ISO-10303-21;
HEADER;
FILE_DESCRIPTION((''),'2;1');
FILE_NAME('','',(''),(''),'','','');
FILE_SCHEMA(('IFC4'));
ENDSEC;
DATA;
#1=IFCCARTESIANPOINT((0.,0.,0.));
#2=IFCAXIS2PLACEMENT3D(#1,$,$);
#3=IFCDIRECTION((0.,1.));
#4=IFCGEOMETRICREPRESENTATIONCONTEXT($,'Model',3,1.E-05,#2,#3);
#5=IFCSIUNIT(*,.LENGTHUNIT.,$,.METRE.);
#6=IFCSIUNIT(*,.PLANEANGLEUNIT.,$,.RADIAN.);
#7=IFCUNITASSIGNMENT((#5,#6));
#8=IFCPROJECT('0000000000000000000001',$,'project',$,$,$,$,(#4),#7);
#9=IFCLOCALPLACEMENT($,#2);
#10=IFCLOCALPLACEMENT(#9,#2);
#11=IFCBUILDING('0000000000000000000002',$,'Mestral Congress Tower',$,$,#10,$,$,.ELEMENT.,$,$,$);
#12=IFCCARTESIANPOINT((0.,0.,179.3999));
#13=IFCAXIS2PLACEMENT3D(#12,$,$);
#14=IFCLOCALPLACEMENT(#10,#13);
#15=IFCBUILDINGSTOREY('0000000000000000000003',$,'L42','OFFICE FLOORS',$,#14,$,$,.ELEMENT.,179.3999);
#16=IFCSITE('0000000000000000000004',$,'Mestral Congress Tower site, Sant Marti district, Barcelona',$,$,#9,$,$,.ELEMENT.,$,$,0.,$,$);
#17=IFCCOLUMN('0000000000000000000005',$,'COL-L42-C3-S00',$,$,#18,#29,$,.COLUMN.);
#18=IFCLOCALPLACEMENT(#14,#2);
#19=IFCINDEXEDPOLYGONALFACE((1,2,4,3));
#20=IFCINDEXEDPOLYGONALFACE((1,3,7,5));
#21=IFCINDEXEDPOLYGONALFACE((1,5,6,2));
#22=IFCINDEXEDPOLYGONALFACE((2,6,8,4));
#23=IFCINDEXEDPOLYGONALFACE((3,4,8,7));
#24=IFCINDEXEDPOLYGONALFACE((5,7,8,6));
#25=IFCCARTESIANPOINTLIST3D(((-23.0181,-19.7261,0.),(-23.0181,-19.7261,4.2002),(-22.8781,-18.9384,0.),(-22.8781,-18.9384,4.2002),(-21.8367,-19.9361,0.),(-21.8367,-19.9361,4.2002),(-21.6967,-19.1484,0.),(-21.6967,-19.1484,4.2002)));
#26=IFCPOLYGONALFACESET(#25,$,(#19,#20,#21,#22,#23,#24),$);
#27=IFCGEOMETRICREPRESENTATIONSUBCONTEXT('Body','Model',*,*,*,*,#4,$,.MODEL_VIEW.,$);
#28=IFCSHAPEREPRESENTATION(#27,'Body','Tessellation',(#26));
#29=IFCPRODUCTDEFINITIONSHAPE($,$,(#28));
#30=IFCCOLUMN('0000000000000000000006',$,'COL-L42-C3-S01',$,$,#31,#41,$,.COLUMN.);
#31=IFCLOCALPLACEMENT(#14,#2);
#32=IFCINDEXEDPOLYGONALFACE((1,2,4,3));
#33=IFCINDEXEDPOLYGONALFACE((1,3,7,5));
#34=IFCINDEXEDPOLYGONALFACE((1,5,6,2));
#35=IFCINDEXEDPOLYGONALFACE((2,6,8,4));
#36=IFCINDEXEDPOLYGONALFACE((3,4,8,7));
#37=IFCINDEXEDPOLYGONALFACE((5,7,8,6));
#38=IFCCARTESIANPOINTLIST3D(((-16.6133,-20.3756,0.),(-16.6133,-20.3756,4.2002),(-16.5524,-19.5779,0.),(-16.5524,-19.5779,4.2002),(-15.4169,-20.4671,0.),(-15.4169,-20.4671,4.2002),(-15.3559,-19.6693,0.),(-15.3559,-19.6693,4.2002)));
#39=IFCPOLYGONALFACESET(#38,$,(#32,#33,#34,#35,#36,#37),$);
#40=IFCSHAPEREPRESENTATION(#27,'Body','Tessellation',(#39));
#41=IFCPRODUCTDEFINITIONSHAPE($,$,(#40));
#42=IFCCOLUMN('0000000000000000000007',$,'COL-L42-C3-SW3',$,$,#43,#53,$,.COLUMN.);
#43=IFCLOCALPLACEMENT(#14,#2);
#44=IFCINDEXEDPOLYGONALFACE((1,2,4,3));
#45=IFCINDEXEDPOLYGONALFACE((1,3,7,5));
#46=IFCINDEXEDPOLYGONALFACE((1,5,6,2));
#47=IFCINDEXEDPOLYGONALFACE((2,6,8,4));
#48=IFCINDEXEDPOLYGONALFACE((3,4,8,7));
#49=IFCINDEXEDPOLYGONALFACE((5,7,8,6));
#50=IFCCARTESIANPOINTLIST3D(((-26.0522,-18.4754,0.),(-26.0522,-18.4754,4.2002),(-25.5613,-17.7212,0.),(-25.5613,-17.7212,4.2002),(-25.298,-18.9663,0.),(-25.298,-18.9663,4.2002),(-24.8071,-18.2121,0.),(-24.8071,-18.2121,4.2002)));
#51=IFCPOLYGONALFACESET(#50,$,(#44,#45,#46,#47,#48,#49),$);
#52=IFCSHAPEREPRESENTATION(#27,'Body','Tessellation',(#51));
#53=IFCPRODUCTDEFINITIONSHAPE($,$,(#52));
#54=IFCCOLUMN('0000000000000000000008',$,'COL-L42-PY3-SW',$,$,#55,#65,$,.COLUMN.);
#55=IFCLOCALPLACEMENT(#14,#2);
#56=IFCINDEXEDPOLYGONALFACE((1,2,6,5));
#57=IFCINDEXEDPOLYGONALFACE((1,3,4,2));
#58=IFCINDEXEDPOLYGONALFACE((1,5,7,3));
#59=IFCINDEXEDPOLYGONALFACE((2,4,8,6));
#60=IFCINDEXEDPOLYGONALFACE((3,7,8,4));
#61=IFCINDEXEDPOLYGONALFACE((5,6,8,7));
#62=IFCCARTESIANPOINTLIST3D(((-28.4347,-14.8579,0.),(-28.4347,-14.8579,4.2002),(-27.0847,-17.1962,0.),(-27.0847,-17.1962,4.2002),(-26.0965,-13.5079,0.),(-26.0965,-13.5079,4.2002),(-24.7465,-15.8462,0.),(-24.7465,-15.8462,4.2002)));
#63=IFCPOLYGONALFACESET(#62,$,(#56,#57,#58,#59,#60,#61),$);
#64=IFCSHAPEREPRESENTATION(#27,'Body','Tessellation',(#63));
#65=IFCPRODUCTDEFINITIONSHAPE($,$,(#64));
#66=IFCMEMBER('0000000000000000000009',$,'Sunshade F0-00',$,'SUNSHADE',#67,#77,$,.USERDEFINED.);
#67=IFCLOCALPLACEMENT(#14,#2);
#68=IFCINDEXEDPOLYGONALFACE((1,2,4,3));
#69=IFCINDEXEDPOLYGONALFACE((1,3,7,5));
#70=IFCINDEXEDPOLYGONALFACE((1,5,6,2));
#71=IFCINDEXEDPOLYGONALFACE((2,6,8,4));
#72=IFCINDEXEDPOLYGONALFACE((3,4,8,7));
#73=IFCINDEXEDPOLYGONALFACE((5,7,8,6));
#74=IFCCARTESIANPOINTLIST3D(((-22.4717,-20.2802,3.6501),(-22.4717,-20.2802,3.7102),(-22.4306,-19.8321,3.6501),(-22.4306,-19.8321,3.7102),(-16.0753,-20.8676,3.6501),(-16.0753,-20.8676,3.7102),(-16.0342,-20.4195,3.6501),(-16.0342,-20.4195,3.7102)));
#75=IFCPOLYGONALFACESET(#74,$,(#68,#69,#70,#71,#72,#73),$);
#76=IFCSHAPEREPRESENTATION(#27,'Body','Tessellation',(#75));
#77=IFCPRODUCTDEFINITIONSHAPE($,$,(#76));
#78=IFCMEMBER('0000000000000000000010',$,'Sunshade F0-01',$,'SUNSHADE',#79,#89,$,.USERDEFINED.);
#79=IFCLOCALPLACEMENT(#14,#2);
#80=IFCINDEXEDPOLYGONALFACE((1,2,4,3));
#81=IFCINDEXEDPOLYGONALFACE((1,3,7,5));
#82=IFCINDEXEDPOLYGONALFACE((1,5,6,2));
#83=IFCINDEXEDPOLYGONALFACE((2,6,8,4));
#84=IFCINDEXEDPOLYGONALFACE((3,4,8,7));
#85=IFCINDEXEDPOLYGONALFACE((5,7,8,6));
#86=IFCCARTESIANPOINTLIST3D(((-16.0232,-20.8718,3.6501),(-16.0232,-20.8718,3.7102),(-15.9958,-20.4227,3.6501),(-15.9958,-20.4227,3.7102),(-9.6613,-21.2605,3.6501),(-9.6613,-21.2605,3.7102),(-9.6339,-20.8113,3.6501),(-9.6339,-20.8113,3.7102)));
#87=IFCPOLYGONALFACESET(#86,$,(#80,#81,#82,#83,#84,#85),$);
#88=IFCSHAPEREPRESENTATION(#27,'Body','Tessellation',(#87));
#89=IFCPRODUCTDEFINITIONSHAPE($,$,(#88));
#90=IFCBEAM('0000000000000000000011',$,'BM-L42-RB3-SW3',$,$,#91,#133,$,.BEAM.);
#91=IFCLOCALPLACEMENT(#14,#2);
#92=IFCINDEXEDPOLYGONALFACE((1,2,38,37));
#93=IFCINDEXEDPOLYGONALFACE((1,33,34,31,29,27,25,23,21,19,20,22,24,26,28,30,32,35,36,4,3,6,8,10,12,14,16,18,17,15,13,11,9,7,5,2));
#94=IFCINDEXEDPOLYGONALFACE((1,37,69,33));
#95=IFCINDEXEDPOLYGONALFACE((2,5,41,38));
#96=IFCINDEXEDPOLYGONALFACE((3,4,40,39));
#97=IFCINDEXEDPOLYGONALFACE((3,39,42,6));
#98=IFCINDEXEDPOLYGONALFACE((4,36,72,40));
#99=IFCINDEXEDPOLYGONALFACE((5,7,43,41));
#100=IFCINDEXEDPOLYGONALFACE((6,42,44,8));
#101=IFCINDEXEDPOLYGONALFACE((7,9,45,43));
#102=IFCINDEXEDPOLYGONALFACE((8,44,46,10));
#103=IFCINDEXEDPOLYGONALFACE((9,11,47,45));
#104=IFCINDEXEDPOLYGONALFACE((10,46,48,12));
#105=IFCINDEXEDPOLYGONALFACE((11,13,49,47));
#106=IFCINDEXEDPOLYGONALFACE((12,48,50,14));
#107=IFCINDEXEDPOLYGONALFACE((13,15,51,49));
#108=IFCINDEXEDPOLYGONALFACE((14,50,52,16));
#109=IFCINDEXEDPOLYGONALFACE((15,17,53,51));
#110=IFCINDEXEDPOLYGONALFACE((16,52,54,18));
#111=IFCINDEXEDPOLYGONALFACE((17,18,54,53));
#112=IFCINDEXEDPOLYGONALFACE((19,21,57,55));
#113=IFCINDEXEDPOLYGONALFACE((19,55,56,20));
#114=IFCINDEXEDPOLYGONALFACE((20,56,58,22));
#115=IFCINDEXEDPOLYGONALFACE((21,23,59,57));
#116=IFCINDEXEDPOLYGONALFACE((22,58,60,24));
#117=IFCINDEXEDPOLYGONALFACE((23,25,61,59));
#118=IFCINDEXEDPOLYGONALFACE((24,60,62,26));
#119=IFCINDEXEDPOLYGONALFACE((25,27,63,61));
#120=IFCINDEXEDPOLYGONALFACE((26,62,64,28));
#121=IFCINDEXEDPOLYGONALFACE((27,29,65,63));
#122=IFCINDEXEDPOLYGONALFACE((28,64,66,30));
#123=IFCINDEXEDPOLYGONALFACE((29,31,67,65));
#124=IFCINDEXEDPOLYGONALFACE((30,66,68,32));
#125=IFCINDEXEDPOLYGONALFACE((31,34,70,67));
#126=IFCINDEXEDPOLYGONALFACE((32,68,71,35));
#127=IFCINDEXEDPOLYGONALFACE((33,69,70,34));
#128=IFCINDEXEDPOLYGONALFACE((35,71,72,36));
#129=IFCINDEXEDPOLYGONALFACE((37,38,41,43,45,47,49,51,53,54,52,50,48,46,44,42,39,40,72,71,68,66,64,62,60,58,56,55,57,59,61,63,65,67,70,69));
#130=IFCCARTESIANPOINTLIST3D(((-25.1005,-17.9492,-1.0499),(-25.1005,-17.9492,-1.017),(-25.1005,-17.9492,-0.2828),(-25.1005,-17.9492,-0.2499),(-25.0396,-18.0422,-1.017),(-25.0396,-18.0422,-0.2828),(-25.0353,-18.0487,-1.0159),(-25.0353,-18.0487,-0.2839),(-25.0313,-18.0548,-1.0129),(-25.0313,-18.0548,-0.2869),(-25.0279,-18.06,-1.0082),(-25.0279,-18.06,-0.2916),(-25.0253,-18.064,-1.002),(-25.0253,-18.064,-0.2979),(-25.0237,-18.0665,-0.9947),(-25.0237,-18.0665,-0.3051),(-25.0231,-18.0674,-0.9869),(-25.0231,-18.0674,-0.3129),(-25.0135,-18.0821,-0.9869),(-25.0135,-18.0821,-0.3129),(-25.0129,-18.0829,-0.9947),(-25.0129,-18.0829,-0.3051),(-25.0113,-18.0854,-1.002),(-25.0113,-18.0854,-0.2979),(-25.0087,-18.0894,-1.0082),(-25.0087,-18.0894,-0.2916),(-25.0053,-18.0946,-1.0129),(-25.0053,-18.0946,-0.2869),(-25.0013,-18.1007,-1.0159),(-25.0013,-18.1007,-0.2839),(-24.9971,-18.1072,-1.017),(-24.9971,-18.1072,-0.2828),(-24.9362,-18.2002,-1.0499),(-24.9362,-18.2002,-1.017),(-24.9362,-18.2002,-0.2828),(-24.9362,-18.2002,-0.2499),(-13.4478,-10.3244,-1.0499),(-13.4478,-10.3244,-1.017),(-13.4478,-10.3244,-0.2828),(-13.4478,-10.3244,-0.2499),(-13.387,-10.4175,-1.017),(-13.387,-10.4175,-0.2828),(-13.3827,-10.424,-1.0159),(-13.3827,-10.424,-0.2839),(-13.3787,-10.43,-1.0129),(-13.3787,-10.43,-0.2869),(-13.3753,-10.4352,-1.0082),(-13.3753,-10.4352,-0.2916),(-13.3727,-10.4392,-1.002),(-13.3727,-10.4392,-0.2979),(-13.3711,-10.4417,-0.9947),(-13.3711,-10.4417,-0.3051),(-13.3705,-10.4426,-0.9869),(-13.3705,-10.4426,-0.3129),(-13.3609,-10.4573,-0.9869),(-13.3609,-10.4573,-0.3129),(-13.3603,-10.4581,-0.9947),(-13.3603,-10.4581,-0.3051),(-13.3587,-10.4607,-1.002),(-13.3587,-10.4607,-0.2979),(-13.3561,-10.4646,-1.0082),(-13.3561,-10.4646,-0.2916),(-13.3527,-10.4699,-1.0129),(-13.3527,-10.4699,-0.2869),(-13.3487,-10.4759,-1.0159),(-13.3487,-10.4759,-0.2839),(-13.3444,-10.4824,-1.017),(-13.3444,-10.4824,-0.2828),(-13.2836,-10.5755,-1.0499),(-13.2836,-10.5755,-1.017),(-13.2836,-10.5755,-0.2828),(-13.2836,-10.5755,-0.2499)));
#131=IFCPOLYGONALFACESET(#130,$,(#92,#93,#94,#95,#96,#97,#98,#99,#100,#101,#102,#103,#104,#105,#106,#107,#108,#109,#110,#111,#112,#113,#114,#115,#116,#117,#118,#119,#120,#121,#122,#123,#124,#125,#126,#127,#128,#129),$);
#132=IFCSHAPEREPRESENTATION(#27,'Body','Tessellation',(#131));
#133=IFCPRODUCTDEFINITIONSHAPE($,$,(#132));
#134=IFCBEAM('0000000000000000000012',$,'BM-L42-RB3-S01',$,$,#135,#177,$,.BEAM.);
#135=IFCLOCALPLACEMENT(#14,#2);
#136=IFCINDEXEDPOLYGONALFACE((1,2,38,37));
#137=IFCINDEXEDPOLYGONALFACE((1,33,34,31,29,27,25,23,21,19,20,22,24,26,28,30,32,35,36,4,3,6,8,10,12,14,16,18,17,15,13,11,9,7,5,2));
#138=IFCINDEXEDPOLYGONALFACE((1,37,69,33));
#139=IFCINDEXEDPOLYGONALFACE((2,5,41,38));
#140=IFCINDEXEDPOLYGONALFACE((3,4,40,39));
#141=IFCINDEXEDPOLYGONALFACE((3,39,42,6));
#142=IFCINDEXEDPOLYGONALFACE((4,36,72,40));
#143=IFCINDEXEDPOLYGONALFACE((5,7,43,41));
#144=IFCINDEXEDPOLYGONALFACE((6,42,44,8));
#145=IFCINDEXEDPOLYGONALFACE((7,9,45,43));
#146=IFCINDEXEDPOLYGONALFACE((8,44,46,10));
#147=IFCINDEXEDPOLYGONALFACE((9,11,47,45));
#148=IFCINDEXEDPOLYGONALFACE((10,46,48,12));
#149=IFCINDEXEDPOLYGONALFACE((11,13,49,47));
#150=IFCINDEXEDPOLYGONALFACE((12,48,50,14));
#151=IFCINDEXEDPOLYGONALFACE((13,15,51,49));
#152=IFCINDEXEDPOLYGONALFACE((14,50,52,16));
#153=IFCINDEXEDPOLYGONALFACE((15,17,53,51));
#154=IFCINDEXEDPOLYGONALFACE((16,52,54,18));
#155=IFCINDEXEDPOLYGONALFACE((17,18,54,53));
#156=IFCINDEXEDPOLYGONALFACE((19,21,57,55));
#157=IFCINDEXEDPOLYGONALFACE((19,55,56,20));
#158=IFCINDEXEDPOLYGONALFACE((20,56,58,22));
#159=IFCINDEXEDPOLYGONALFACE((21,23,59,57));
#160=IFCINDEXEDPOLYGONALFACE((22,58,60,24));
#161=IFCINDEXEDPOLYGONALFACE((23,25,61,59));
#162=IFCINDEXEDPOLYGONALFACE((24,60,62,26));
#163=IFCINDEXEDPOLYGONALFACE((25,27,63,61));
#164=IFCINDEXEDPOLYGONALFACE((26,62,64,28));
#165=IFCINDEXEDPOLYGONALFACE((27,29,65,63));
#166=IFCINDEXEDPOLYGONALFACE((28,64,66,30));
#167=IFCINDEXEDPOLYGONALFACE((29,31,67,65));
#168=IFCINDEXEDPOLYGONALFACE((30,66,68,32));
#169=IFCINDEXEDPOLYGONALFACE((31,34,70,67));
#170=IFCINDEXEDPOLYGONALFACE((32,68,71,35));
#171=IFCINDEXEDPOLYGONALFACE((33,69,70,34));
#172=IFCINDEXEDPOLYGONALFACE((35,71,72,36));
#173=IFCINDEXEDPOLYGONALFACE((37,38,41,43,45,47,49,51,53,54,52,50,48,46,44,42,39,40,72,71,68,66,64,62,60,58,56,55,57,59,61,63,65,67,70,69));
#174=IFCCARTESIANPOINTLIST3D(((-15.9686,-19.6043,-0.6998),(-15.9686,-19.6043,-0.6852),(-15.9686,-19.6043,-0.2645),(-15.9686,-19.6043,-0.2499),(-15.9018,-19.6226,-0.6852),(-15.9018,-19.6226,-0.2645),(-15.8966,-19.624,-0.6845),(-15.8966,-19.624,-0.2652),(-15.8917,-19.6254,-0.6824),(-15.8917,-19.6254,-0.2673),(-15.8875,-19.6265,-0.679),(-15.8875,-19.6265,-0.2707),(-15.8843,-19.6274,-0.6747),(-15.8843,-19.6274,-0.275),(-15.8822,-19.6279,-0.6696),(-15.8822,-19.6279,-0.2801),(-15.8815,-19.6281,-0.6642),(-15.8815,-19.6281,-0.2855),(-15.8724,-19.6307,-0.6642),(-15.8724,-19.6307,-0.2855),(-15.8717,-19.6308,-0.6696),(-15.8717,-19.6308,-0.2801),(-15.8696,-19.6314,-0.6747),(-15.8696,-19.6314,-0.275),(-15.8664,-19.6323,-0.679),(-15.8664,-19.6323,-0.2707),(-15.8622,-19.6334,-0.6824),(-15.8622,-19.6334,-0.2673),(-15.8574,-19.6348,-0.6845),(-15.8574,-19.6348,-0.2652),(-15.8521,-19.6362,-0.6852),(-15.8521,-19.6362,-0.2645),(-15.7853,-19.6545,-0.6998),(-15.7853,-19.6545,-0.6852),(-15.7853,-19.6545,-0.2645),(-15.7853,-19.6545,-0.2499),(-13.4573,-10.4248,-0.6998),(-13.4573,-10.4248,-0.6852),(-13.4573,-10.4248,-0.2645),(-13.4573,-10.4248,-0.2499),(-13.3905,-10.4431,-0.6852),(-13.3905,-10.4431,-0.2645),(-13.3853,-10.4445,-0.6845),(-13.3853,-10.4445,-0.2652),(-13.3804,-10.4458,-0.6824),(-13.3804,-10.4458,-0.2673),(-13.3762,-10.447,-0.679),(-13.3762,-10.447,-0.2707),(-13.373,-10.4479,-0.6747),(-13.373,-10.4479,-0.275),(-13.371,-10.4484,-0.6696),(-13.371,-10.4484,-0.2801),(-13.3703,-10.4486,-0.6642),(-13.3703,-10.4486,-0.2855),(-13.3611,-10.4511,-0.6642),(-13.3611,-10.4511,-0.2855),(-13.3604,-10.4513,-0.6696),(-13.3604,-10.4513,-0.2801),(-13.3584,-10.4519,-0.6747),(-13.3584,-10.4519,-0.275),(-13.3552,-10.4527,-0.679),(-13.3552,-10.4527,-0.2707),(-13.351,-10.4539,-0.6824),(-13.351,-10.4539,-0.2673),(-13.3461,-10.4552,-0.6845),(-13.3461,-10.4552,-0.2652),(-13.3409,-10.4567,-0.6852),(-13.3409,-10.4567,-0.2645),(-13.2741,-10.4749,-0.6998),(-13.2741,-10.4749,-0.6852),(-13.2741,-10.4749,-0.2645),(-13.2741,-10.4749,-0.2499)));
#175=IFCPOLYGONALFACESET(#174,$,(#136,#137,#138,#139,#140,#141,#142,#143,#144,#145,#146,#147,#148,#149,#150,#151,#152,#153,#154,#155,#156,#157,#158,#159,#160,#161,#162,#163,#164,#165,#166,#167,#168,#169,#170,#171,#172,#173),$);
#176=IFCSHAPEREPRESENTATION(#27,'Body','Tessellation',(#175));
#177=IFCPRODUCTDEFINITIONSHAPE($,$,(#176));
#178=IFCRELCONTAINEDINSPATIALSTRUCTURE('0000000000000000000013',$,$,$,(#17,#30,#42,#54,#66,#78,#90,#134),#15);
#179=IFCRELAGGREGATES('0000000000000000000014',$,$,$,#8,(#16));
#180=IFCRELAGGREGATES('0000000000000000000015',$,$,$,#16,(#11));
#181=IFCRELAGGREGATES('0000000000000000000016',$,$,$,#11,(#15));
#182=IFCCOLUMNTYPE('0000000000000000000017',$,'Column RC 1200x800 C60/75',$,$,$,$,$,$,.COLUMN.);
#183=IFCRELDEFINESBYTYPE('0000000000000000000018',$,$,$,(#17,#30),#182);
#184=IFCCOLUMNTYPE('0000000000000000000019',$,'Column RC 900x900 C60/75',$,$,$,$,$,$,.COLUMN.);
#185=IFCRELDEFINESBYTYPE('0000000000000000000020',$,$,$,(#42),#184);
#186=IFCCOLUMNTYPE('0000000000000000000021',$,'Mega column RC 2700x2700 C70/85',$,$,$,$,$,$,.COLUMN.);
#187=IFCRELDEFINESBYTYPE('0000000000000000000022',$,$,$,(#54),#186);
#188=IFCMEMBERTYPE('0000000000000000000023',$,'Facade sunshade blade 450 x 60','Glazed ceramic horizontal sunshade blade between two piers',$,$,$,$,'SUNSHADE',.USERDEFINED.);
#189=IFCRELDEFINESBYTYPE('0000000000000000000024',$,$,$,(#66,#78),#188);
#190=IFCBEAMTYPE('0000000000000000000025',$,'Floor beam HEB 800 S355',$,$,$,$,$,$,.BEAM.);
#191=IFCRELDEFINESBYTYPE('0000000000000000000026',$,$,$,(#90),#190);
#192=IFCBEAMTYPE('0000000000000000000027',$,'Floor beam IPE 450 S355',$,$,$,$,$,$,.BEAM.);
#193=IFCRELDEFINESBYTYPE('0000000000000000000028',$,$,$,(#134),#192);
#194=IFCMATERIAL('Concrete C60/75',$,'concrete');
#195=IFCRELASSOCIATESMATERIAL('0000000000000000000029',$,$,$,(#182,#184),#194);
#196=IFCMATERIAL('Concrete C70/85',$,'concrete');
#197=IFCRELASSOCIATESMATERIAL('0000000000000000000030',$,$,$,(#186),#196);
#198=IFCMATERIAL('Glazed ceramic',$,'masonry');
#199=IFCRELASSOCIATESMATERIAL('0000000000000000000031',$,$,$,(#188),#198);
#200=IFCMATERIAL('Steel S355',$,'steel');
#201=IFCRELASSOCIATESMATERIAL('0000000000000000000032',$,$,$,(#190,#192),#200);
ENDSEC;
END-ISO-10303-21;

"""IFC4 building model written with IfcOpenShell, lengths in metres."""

from ifc_helpers import new_model, si_unit, direction, frame, origin, origin_2d, place, context, subcontext, project, spatial, rectangle, i_section, extrude, material, material_profile, profile_set, type_object, element, save


model = new_model("IFC4")

# Units and contexts
model_context = context("Model", 3, precision=1e-05, world=origin(), true_north=direction((0.0, 1.0)))
body_context = subcontext(model_context, "Body", "Model", "MODEL_VIEW")
ifc_project = project(units=[si_unit("LENGTHUNIT", "METRE"), si_unit("PLANEANGLEUNIT", "RADIAN")], contexts=[model_context])

# Site, building, storey
site_placement = place(None, origin())
site = spatial("IfcSite", under=ifc_project, at=site_placement, Name="Mestral Congress Tower site, Sant Marti district, Barcelona", CompositionType="ELEMENT", RefElevation=0.0)
building_placement = place(site_placement, origin())
building = spatial("IfcBuilding", under=site, at=building_placement, Name="Mestral Congress Tower", CompositionType="ELEMENT")
storey_placement = place(building_placement, frame((0.0, 0.0, 179.3999)))
storey = spatial("IfcBuildingStorey", under=building, at=storey_placement, Name="L42", Description="OFFICE FLOORS", CompositionType="ELEMENT", Elevation=179.3999)

# Columns
ifc_material_1 = material(Name="Concrete C60/75", Category="concrete")
ifc_material_profile_1 = material_profile(ifc_material_1, rectangle(XDim=1.2, YDim=0.8, at=origin_2d()), Name="RC 1200x800")
ifc_profile_set_1 = profile_set([ifc_material_profile_1], Name="Concrete C60/75")
column_type_1 = type_object("IfcColumnType", Name="Column RC 1200x800 C60/75", PredefinedType="COLUMN", material=ifc_profile_set_1)
for number, where, z_axis, x_axis, name in (
    (1, (-22.3574, -19.4373, 0.0), (0.0, 0.0, 1.0), (0.984571, -0.174985, 0.0), "COL-L42-C3-S00"),
    (2, (-15.9846, -20.0225, 0.0), (0.0, 0.0, 1.0), (0.99709, -0.076237, 0.0), "COL-L42-C3-S01"),
):
    element("IfcColumn", number, at=place(storey_placement, frame(where, z_axis=z_axis, x_axis=x_axis)), inside=storey, type_object=column_type_1, Name=name, PredefinedType="COLUMN", context=body_context, shape_type="SweptSolid", body=[
        extrude(rectangle(XDim=1.2, YDim=0.8, at=origin_2d()), origin(), (0.0, 0.0, 1.0), 4.2002),
    ])
ifc_material_profile_2 = material_profile(ifc_material_1, rectangle(XDim=0.8999, YDim=0.8999, at=origin_2d()), Name="RC 900x900")
ifc_profile_set_2 = profile_set([ifc_material_profile_2], Name="Concrete C60/75")
column_type_2 = type_object("IfcColumnType", Name="Column RC 900x900 C60/75", PredefinedType="COLUMN", material=ifc_profile_set_2)
column_1_placement = place(storey_placement, frame((-25.4297, -18.3438, 0.0), z_axis=(0.0, 0.0, 1.0), x_axis=(0.838094, -0.545526, 0.0)))
element("IfcColumn", 3, at=column_1_placement, inside=storey, type_object=column_type_2, Name="COL-L42-C3-SW3", PredefinedType="COLUMN", context=body_context, shape_type="SweptSolid", body=[
    extrude(rectangle(XDim=0.8999, YDim=0.8999, at=origin_2d()), origin(), (0.0, 0.0, 1.0), 4.2002),
])
ifc_material_2 = material(Name="Concrete C70/85", Category="concrete")
ifc_material_profile_3 = material_profile(ifc_material_2, rectangle(XDim=2.7, YDim=2.7, at=origin_2d()), Name="RC 2700x2700")
ifc_profile_set_3 = profile_set([ifc_material_profile_3], Name="Concrete C70/85")
column_type_3 = type_object("IfcColumnType", Name="Mega column RC 2700x2700 C70/85", PredefinedType="COLUMN", material=ifc_profile_set_3)
column_2_placement = place(storey_placement, frame((-26.5906, -15.3521, 0.0), z_axis=(0.0, 0.0, 1.0), x_axis=(-0.866025, -0.5, 0.0)))
element("IfcColumn", 4, at=column_2_placement, inside=storey, type_object=column_type_3, Name="COL-L42-PY3-SW", PredefinedType="COLUMN", context=body_context, shape_type="SweptSolid", body=[
    extrude(rectangle(XDim=2.7, YDim=2.7, at=origin_2d()), origin(), (0.0, 0.0, 1.0), 4.2002),
])

# Members
ifc_material_3 = material(Name="Glazed ceramic", Category="masonry")
ifc_material_profile_4 = material_profile(ifc_material_3, rectangle(XDim=0.45, YDim=0.0601, at=origin_2d()), Name="Ceramic blade 450 x 60")
ifc_profile_set_4 = profile_set([ifc_material_profile_4], Name="Glazed ceramic")
member_type = type_object("IfcMemberType", Name="Facade sunshade blade 450 x 60", Description="Glazed ceramic horizontal sunshade blade between two piers", ElementType="SUNSHADE", PredefinedType="USERDEFINED", material=ifc_profile_set_4)
member_1_placement = place(storey_placement, frame((-22.4512, -20.0562, 3.6802), z_axis=(0.99581, -0.091447, 0.0), x_axis=(0.091447, 0.99581, 0.0)))
element("IfcMember", 5, at=member_1_placement, inside=storey, type_object=member_type, Name="Sunshade F0-00", ObjectType="SUNSHADE", PredefinedType="USERDEFINED", context=body_context, shape_type="SweptSolid", body=[
    extrude(rectangle(XDim=0.45, YDim=0.0601, at=origin_2d()), origin(), (0.0, 0.0, 1.0), 6.4233),
])
member_2_placement = place(storey_placement, frame((-16.0095, -20.6472, 3.6802), z_axis=(0.998139, -0.060981, 0.0), x_axis=(0.060981, 0.998139, 0.0)))
element("IfcMember", 6, at=member_2_placement, inside=storey, type_object=member_type, Name="Sunshade F0-01", ObjectType="SUNSHADE", PredefinedType="USERDEFINED", context=body_context, shape_type="SweptSolid", body=[
    extrude(rectangle(XDim=0.45, YDim=0.0601, at=origin_2d()), origin(), (0.0, 0.0, 1.0), 6.3738),
])

# Beams
ifc_material_4 = material(Name="Steel S355", Category="steel")
ifc_material_profile_5 = material_profile(ifc_material_4, i_section(OverallWidth=0.3, OverallDepth=0.8, WebThickness=0.0176, FlangeThickness=0.033, FilletRadius=0.03, at=origin_2d()), Name="HEB 800")
ifc_profile_set_5 = profile_set([ifc_material_profile_5], Name="Steel S355")
beam_type_1 = type_object("IfcBeamType", Name="Floor beam HEB 800 S355", PredefinedType="BEAM", material=ifc_profile_set_5)
beam_1_placement = place(storey_placement, frame((-25.0183, -18.0747, -0.6499), z_axis=(0.83678, 0.547539, 0.0), x_axis=(-0.547539, 0.83678, 0.0)))
element("IfcBeam", 7, at=beam_1_placement, inside=storey, type_object=beam_type_1, Name="BM-L42-RB3-SW3", PredefinedType="BEAM", context=body_context, shape_type="SweptSolid", body=[
    extrude(i_section(OverallWidth=0.3, OverallDepth=0.8, WebThickness=0.0176, FlangeThickness=0.033, FilletRadius=0.03, at=origin_2d()), origin(), (0.0, 0.0, 1.0), 13.9255),
])
ifc_material_profile_6 = material_profile(ifc_material_4, i_section(OverallWidth=0.1899, OverallDepth=0.45, WebThickness=0.0095, FlangeThickness=0.0146, FilletRadius=0.021, at=origin_2d()), Name="IPE 450")
ifc_profile_set_6 = profile_set([ifc_material_profile_6], Name="Steel S355")
beam_type_2 = type_object("IfcBeamType", Name="Floor beam IPE 450 S355", PredefinedType="BEAM", material=ifc_profile_set_6)
beam_2_placement = place(storey_placement, frame((-15.877, -19.6294, -0.4749), z_axis=(0.263875, 0.964557, 0.0), x_axis=(-0.964557, 0.263875, 0.0)))
element("IfcBeam", 8, at=beam_2_placement, inside=storey, type_object=beam_type_2, Name="BM-L42-RB3-S01", PredefinedType="BEAM", context=body_context, shape_type="SweptSolid", body=[
    extrude(i_section(OverallWidth=0.1899, OverallDepth=0.45, WebThickness=0.0095, FlangeThickness=0.0146, FilletRadius=0.021, at=origin_2d()), origin(), (0.0, 0.0, 1.0), 9.5168),
])

save(model, "model.ifc")
